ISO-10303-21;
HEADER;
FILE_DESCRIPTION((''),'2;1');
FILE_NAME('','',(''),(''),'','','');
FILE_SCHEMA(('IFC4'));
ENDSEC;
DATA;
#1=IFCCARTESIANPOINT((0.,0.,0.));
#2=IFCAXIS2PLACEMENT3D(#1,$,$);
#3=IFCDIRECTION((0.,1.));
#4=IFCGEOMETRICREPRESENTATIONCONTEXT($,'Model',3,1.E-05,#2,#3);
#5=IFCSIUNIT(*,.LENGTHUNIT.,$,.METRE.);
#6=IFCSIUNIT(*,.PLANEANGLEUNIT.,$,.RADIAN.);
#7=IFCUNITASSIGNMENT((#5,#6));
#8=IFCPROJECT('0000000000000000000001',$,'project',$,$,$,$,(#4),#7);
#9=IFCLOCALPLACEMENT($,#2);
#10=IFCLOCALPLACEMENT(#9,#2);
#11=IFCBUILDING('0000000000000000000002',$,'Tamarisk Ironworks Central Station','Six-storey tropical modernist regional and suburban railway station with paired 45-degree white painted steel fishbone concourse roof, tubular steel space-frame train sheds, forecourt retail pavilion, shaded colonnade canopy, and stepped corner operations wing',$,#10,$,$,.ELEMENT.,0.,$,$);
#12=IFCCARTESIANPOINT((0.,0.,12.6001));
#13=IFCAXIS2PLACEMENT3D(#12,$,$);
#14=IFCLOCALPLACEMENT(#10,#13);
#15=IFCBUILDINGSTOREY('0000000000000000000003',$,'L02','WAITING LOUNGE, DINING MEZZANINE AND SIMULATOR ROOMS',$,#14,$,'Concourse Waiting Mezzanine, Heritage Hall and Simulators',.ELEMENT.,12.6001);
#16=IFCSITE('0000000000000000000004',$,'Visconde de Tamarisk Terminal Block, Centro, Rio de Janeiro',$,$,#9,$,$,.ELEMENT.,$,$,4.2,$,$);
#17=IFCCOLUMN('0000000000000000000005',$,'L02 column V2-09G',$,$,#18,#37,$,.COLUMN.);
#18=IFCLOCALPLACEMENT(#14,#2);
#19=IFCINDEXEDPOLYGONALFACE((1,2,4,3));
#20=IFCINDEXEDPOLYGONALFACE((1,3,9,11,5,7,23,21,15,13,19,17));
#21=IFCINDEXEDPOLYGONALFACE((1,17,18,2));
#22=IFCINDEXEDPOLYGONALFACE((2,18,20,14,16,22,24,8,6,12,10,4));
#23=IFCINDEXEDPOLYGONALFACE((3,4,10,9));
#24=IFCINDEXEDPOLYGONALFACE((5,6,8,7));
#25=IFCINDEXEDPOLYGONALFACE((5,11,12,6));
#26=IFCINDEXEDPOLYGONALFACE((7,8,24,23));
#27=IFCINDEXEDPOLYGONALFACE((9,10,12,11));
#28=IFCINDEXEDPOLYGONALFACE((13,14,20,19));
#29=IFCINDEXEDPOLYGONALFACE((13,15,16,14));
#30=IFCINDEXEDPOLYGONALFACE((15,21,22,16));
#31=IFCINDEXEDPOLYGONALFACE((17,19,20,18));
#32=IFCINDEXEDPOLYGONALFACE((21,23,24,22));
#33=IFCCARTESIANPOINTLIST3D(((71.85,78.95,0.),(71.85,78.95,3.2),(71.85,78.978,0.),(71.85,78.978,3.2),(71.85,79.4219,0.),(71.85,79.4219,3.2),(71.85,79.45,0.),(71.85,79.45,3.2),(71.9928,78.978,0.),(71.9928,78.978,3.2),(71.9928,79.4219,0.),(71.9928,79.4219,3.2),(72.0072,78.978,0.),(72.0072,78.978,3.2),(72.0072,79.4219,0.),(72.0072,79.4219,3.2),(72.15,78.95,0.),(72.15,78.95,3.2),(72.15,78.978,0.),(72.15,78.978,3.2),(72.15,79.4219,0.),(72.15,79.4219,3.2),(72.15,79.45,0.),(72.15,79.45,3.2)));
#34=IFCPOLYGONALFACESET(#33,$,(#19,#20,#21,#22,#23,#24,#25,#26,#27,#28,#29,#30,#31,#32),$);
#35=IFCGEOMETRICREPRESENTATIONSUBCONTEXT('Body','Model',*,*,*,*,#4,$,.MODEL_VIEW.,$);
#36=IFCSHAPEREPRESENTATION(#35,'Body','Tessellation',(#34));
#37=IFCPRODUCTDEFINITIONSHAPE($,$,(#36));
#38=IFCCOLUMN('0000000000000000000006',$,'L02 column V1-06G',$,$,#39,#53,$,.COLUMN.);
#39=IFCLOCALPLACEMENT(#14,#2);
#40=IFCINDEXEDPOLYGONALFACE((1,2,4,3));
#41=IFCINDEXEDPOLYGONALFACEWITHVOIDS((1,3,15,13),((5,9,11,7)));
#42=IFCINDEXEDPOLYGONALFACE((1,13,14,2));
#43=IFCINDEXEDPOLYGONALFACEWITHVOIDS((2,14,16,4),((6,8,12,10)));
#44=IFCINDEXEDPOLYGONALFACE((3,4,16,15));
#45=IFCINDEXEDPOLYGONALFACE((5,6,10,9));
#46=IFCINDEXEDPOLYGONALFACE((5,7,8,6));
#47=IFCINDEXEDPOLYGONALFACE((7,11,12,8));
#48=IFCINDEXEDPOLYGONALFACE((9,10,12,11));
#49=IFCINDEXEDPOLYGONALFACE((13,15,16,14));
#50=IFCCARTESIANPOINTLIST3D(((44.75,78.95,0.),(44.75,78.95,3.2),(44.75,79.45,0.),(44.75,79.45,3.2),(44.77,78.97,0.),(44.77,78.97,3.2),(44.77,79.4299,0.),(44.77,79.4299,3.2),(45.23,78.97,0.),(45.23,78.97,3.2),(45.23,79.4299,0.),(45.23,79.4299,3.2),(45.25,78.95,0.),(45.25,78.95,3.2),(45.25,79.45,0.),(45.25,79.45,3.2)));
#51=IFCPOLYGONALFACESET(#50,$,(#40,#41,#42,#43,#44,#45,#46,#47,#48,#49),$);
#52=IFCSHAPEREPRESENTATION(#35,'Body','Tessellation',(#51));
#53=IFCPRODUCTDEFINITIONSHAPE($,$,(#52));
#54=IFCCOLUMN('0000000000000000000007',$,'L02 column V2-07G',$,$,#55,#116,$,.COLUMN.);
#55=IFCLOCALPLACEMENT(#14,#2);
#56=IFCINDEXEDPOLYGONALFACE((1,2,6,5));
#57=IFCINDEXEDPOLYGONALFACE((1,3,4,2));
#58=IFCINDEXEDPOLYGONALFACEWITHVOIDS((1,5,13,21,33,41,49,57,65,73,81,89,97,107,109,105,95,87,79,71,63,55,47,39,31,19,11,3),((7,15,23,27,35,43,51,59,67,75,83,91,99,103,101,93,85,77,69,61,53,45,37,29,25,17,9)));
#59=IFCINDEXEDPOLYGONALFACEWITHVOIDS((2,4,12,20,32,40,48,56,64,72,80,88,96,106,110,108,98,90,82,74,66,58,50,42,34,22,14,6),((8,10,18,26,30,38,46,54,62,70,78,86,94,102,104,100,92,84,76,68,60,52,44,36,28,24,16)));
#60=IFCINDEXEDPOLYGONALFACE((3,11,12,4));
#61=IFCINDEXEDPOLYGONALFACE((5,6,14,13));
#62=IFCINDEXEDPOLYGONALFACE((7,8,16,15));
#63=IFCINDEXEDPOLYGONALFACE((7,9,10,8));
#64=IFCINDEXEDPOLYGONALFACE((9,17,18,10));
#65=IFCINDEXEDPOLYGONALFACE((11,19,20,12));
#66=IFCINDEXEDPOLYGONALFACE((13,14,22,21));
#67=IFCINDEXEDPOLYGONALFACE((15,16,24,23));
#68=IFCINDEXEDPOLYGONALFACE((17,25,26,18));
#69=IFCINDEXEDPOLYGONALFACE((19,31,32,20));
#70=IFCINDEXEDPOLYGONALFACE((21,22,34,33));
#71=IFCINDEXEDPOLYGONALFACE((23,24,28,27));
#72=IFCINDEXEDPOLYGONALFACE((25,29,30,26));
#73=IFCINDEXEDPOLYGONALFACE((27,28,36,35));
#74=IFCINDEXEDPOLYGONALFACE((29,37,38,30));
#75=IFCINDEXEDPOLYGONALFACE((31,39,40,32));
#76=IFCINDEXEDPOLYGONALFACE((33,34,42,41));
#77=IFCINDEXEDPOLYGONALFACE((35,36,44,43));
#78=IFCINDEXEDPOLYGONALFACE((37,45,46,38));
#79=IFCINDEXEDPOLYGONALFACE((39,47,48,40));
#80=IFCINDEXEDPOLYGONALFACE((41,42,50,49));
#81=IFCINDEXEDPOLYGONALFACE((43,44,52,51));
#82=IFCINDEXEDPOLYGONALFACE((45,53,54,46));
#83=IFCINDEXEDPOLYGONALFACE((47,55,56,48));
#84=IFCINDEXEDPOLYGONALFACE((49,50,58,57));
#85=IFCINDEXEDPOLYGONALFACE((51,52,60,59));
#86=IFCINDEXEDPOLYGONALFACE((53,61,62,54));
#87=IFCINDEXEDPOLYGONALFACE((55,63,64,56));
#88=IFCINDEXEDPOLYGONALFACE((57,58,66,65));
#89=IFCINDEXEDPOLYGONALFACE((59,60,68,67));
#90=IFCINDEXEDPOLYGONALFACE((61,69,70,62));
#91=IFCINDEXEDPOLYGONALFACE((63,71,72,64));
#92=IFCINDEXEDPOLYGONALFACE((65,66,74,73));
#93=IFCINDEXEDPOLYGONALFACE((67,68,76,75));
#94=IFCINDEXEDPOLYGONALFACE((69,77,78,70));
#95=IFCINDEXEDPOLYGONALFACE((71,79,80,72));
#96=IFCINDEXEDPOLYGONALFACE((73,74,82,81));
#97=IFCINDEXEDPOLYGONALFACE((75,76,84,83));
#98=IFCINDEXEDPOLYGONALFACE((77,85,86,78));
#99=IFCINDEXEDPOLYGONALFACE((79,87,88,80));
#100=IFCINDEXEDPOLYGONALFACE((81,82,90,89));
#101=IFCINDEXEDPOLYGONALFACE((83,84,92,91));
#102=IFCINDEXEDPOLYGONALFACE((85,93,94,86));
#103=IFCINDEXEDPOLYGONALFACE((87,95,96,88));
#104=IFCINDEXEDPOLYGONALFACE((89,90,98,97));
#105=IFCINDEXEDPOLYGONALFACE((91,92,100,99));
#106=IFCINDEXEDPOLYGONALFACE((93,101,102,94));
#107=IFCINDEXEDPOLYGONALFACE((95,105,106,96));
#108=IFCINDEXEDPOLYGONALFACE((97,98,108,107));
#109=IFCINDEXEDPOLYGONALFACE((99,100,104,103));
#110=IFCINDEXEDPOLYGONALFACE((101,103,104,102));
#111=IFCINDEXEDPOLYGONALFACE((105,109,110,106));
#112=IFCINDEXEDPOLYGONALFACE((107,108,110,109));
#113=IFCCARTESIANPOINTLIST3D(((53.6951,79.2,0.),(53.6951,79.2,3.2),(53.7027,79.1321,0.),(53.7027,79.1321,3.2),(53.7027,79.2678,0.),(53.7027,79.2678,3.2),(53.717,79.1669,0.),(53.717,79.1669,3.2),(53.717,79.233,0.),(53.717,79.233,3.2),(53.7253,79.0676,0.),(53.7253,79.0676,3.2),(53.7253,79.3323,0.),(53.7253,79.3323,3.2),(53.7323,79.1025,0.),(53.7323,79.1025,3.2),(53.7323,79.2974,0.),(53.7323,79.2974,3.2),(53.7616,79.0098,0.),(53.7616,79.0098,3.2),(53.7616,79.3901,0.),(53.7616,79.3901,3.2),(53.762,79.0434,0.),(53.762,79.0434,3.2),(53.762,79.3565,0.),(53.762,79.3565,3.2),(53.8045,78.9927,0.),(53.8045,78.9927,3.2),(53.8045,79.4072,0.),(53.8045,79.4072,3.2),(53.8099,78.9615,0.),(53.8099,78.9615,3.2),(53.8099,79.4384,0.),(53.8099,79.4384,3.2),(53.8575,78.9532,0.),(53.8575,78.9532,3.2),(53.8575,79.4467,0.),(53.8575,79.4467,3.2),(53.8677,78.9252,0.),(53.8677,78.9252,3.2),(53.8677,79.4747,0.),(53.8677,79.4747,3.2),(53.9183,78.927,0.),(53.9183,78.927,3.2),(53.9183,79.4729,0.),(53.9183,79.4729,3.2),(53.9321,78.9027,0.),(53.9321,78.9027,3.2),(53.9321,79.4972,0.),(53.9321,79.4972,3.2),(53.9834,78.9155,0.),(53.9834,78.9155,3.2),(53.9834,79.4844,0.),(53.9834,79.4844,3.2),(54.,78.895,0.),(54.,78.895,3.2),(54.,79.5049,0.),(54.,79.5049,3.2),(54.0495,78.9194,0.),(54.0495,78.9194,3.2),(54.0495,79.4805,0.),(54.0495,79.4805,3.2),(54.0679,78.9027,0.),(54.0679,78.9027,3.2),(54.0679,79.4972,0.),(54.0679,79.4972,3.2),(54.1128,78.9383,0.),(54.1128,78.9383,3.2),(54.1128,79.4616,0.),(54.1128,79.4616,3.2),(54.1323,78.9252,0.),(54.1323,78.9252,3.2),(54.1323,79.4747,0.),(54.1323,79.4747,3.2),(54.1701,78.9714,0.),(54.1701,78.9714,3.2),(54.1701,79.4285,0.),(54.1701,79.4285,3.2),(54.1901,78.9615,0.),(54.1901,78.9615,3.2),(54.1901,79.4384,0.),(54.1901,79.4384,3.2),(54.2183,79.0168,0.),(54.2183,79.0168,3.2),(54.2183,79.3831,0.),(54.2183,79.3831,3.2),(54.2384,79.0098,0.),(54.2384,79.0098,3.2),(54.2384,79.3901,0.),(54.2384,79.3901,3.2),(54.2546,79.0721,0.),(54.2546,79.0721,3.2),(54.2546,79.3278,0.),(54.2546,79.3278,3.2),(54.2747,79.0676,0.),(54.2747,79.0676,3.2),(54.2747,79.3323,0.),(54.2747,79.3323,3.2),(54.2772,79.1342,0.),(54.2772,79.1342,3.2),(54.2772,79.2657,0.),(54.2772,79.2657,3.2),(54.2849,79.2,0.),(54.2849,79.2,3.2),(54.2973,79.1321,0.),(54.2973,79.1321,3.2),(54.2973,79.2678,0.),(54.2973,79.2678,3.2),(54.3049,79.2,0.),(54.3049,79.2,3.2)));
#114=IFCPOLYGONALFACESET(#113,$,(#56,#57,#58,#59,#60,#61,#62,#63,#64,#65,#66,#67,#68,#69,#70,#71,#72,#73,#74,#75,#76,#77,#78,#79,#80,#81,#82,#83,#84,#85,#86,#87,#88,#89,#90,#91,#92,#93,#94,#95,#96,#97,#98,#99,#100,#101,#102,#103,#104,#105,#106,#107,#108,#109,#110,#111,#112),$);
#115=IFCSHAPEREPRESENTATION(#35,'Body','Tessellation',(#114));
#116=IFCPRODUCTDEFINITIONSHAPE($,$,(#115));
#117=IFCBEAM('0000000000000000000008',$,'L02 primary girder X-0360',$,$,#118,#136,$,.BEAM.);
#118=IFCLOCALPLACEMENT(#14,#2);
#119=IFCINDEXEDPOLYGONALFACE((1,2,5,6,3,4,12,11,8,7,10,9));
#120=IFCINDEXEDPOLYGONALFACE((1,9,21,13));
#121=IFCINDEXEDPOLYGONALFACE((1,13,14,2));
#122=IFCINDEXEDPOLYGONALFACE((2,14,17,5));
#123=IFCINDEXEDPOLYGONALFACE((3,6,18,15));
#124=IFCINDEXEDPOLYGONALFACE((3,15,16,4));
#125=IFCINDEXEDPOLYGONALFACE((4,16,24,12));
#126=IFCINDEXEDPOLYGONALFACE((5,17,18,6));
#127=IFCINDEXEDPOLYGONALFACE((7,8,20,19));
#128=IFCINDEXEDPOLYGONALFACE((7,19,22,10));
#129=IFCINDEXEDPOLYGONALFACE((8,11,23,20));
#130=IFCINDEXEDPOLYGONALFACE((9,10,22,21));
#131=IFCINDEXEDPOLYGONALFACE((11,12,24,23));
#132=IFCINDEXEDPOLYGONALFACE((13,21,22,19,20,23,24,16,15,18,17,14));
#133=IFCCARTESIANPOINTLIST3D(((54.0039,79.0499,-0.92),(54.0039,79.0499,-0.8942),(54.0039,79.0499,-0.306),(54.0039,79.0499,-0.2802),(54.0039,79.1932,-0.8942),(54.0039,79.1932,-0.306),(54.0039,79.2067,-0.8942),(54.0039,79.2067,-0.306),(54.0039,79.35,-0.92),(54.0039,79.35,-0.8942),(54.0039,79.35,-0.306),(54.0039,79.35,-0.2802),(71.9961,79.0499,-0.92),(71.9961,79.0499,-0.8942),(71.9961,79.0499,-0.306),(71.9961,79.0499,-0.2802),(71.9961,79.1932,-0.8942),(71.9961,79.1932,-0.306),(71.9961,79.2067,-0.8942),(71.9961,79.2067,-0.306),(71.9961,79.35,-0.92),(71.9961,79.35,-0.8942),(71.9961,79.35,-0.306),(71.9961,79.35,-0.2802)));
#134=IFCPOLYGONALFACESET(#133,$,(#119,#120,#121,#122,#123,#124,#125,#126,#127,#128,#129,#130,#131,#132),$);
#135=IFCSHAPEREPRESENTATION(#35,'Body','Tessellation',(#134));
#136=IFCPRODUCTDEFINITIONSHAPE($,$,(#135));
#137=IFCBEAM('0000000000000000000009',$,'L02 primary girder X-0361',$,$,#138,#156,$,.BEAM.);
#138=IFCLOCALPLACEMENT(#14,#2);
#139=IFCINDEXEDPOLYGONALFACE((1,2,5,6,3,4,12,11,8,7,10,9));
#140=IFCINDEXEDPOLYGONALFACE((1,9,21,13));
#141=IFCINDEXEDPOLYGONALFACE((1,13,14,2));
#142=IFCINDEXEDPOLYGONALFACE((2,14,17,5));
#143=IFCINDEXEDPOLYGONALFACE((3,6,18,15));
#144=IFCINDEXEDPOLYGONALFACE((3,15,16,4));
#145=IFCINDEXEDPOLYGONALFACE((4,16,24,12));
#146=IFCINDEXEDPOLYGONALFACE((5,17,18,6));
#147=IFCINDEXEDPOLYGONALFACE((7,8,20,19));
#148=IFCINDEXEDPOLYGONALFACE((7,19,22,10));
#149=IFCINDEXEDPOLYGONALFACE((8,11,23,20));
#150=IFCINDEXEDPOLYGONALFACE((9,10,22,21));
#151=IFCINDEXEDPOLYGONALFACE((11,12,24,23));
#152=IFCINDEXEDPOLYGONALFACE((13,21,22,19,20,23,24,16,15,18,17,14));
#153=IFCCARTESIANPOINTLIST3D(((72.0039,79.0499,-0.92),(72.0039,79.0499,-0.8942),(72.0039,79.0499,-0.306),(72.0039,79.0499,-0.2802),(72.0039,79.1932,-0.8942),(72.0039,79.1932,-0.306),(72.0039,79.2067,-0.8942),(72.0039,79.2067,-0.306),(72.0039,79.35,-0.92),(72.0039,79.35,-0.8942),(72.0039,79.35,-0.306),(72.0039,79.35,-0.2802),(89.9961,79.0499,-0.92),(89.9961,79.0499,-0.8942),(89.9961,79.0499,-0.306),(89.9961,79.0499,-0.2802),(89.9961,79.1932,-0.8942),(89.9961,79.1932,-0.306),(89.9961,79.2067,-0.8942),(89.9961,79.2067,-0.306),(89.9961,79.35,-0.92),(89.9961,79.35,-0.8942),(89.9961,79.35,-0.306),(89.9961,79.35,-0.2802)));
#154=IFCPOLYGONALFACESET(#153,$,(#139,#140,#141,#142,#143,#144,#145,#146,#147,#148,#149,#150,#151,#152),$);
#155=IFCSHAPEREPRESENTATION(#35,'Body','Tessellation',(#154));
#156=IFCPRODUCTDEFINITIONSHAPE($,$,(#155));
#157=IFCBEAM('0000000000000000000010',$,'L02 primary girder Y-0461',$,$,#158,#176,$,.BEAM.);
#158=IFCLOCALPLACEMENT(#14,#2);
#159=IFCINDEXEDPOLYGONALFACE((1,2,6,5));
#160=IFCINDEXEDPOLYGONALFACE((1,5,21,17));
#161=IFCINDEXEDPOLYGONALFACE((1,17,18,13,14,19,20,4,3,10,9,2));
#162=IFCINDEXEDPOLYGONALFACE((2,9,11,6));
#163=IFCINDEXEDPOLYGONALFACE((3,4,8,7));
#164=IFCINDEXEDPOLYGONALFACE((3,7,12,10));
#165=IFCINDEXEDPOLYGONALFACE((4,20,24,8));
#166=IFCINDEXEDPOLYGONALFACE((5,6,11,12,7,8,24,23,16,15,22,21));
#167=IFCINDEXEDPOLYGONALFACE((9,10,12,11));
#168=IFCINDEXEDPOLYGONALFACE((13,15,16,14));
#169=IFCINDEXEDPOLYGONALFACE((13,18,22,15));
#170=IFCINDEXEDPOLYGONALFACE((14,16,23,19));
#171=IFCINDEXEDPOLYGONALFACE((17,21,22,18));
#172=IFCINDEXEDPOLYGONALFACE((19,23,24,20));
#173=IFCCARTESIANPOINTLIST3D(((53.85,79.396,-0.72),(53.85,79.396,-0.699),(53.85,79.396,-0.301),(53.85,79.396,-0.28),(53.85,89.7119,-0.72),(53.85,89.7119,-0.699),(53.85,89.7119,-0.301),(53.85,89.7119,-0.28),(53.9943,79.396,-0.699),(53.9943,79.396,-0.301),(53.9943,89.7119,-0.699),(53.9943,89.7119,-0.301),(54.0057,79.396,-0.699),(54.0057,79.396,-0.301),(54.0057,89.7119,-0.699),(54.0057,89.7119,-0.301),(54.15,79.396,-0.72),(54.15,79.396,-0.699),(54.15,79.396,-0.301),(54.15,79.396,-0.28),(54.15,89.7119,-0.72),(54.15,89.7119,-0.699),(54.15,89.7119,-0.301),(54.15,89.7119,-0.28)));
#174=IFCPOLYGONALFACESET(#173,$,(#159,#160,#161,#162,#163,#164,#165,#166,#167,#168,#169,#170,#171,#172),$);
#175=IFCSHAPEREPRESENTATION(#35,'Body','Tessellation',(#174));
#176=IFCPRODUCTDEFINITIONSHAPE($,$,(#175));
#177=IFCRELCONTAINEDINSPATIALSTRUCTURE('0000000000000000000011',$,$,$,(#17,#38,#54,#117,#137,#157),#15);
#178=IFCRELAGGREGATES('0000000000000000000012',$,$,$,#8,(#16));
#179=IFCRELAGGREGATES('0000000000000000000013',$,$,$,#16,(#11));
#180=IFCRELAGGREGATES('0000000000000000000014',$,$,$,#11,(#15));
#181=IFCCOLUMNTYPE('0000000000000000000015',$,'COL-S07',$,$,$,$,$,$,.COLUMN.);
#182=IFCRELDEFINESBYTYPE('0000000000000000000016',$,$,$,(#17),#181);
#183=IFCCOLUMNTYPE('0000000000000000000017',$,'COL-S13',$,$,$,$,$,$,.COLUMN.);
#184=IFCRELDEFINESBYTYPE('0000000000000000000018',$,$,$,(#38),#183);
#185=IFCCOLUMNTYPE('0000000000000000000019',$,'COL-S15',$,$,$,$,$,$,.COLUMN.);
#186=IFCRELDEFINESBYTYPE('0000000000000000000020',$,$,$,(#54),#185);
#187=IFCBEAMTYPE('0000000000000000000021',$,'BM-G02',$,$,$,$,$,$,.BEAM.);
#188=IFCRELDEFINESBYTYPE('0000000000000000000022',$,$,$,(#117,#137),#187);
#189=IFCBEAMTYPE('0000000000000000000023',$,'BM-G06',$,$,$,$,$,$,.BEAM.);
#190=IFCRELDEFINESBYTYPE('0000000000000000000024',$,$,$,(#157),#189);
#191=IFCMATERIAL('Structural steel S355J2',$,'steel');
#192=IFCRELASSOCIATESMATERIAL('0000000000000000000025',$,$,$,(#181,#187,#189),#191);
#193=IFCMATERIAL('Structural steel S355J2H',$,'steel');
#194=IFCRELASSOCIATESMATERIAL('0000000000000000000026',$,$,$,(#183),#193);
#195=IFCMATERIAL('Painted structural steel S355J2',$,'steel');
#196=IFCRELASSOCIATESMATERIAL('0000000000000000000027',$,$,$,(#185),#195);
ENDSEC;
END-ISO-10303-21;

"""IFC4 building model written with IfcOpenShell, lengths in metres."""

from ifc_helpers import new_model, si_unit, direction, frame, origin, origin_2d, place, context, subcontext, project, spatial, hollow_rectangle, hollow_circle, i_section, extrude, material, material_profile, profile_set, type_object, element, save


model = new_model("IFC4")

# Units and contexts
model_context = context("Model", 3, precision=1e-05, world=origin(), true_north=direction((0.0, 1.0)))
body_context = subcontext(model_context, "Body", "Model", "MODEL_VIEW")
ifc_project = project(units=[si_unit("LENGTHUNIT", "METRE"), si_unit("PLANEANGLEUNIT", "RADIAN")], contexts=[model_context])

# Site, building, storey
site_placement = place(None, origin())
site = spatial("IfcSite", under=ifc_project, at=site_placement, Name="Visconde de Tamarisk Terminal Block, Centro, Rio de Janeiro", CompositionType="ELEMENT", RefElevation=4.2)
building_placement = place(site_placement, origin())
building = spatial("IfcBuilding", under=site, at=building_placement, Name="Tamarisk Ironworks Central Station", Description="Six-storey tropical modernist regional and suburban railway station with paired 45-degree white painted steel fishbone concourse roof, tubular steel space-frame train sheds, forecourt retail pavilion, shaded colonnade canopy, and stepped corner operations wing", CompositionType="ELEMENT", ElevationOfRefHeight=0.0)
storey_placement = place(building_placement, frame((0.0, 0.0, 12.6001)))
storey = spatial("IfcBuildingStorey", under=building, at=storey_placement, Name="L02", Description="WAITING LOUNGE, DINING MEZZANINE AND SIMULATOR ROOMS", LongName="Concourse Waiting Mezzanine, Heritage Hall and Simulators", CompositionType="ELEMENT", Elevation=12.6001)

# Columns
ifc_material_1 = material(Name="Structural steel S355J2", Category="steel")
ifc_material_profile_1 = material_profile(ifc_material_1, i_section(OverallWidth=0.3, OverallDepth=0.5, WebThickness=0.0144, FlangeThickness=0.0281, at=origin_2d()), Name="HEB 500")
ifc_profile_set_1 = profile_set([ifc_material_profile_1], Name="Structural steel S355J2")
column_type_1 = type_object("IfcColumnType", Name="COL-S07", PredefinedType="COLUMN", material=ifc_profile_set_1)
column_1_placement = place(storey_placement, frame((72.0, 79.2, 0.0), z_axis=(0.0, 0.0, 1.0), x_axis=(1.0, 0.0, 0.0)))
element("IfcColumn", 1, at=column_1_placement, inside=storey, type_object=column_type_1, Name="L02 column V2-09G", PredefinedType="COLUMN", context=body_context, shape_type="SweptSolid", body=[
    extrude(i_section(OverallWidth=0.3, OverallDepth=0.5, WebThickness=0.0144, FlangeThickness=0.0281, at=origin_2d()), origin(), (0.0, 0.0, 1.0), 3.2),
])
ifc_material_2 = material(Name="Structural steel S355J2H", Category="steel")
ifc_material_profile_2 = material_profile(ifc_material_2, hollow_rectangle(XDim=0.5, YDim=0.5, WallThickness=0.02, at=origin_2d()), Name="SHS 500x500x20")
ifc_profile_set_2 = profile_set([ifc_material_profile_2], Name="Structural steel S355J2H")
column_type_2 = type_object("IfcColumnType", Name="COL-S13", PredefinedType="COLUMN", material=ifc_profile_set_2)
column_2_placement = place(storey_placement, frame((45.0, 79.2, 0.0), z_axis=(0.0, 0.0, 1.0), x_axis=(1.0, 0.0, 0.0)))
element("IfcColumn", 2, at=column_2_placement, inside=storey, type_object=column_type_2, Name="L02 column V1-06G", PredefinedType="COLUMN", context=body_context, shape_type="SweptSolid", body=[
    extrude(hollow_rectangle(XDim=0.5, YDim=0.5, WallThickness=0.02, at=origin_2d()), origin(), (0.0, 0.0, 1.0), 3.2),
])
ifc_material_3 = material(Name="Painted structural steel S355J2", Category="steel")
ifc_material_profile_3 = material_profile(ifc_material_3, hollow_circle(Radius=0.3049, WallThickness=0.02, at=origin_2d()), Name="CHS 610x20")
ifc_profile_set_3 = profile_set([ifc_material_profile_3], Name="Painted structural steel S355J2")
column_type_3 = type_object("IfcColumnType", Name="COL-S15", PredefinedType="COLUMN", material=ifc_profile_set_3)
column_3_placement = place(storey_placement, frame((54.0, 79.2, 0.0), z_axis=(0.0, 0.0, 1.0), x_axis=(1.0, 0.0, 0.0)))
element("IfcColumn", 3, at=column_3_placement, inside=storey, type_object=column_type_3, Name="L02 column V2-07G", PredefinedType="COLUMN", context=body_context, shape_type="SweptSolid", body=[
    extrude(hollow_circle(Radius=0.3049, WallThickness=0.02, at=origin_2d()), origin(), (0.0, 0.0, 1.0), 3.2),
])

# Beams
ifc_material_profile_4 = material_profile(ifc_material_1, i_section(OverallWidth=0.3, OverallDepth=0.6399, WebThickness=0.0134, FlangeThickness=0.0259, at=origin_2d()), Name="HEA 650")
ifc_profile_set_4 = profile_set([ifc_material_profile_4], Name="Structural steel S355J2")
beam_type_1 = type_object("IfcBeamType", Name="BM-G02", PredefinedType="BEAM", material=ifc_profile_set_4)
for number, where, z_axis, x_axis, name in (
    (4, (54.0039, 79.2, -0.6001), (1.0, 0.0, 0.0), (0.0, 1.0, 0.0), "L02 primary girder X-0360"),
    (5, (72.0039, 79.2, -0.6001), (1.0, 0.0, 0.0), (0.0, 1.0, 0.0), "L02 primary girder X-0361"),
):
    element("IfcBeam", number, at=place(storey_placement, frame(where, z_axis=z_axis, x_axis=x_axis)), inside=storey, type_object=beam_type_1, Name=name, PredefinedType="BEAM", context=body_context, shape_type="SweptSolid", body=[
        extrude(i_section(OverallWidth=0.3, OverallDepth=0.6399, WebThickness=0.0134, FlangeThickness=0.0259, at=origin_2d()), origin(), (0.0, 0.0, 1.0), 17.9922),
    ])
ifc_material_profile_5 = material_profile(ifc_material_1, i_section(OverallWidth=0.3, OverallDepth=0.4399, WebThickness=0.0115, FlangeThickness=0.021, at=origin_2d()), Name="HEA 450")
ifc_profile_set_5 = profile_set([ifc_material_profile_5], Name="Structural steel S355J2")
beam_type_2 = type_object("IfcBeamType", Name="BM-G06", PredefinedType="BEAM", material=ifc_profile_set_5)
beam_1_placement = place(storey_placement, frame((54.0, 79.396, -0.5), z_axis=(0.0, 1.0, 0.0), x_axis=(-1.0, 0.0, 0.0)))
element("IfcBeam", 6, at=beam_1_placement, inside=storey, type_object=beam_type_2, Name="L02 primary girder Y-0461", PredefinedType="BEAM", context=body_context, shape_type="SweptSolid", body=[
    extrude(i_section(OverallWidth=0.3, OverallDepth=0.4399, WebThickness=0.0115, FlangeThickness=0.021, at=origin_2d()), origin(), (0.0, 0.0, 1.0), 10.3159),
])

save(model, "model.ifc")
